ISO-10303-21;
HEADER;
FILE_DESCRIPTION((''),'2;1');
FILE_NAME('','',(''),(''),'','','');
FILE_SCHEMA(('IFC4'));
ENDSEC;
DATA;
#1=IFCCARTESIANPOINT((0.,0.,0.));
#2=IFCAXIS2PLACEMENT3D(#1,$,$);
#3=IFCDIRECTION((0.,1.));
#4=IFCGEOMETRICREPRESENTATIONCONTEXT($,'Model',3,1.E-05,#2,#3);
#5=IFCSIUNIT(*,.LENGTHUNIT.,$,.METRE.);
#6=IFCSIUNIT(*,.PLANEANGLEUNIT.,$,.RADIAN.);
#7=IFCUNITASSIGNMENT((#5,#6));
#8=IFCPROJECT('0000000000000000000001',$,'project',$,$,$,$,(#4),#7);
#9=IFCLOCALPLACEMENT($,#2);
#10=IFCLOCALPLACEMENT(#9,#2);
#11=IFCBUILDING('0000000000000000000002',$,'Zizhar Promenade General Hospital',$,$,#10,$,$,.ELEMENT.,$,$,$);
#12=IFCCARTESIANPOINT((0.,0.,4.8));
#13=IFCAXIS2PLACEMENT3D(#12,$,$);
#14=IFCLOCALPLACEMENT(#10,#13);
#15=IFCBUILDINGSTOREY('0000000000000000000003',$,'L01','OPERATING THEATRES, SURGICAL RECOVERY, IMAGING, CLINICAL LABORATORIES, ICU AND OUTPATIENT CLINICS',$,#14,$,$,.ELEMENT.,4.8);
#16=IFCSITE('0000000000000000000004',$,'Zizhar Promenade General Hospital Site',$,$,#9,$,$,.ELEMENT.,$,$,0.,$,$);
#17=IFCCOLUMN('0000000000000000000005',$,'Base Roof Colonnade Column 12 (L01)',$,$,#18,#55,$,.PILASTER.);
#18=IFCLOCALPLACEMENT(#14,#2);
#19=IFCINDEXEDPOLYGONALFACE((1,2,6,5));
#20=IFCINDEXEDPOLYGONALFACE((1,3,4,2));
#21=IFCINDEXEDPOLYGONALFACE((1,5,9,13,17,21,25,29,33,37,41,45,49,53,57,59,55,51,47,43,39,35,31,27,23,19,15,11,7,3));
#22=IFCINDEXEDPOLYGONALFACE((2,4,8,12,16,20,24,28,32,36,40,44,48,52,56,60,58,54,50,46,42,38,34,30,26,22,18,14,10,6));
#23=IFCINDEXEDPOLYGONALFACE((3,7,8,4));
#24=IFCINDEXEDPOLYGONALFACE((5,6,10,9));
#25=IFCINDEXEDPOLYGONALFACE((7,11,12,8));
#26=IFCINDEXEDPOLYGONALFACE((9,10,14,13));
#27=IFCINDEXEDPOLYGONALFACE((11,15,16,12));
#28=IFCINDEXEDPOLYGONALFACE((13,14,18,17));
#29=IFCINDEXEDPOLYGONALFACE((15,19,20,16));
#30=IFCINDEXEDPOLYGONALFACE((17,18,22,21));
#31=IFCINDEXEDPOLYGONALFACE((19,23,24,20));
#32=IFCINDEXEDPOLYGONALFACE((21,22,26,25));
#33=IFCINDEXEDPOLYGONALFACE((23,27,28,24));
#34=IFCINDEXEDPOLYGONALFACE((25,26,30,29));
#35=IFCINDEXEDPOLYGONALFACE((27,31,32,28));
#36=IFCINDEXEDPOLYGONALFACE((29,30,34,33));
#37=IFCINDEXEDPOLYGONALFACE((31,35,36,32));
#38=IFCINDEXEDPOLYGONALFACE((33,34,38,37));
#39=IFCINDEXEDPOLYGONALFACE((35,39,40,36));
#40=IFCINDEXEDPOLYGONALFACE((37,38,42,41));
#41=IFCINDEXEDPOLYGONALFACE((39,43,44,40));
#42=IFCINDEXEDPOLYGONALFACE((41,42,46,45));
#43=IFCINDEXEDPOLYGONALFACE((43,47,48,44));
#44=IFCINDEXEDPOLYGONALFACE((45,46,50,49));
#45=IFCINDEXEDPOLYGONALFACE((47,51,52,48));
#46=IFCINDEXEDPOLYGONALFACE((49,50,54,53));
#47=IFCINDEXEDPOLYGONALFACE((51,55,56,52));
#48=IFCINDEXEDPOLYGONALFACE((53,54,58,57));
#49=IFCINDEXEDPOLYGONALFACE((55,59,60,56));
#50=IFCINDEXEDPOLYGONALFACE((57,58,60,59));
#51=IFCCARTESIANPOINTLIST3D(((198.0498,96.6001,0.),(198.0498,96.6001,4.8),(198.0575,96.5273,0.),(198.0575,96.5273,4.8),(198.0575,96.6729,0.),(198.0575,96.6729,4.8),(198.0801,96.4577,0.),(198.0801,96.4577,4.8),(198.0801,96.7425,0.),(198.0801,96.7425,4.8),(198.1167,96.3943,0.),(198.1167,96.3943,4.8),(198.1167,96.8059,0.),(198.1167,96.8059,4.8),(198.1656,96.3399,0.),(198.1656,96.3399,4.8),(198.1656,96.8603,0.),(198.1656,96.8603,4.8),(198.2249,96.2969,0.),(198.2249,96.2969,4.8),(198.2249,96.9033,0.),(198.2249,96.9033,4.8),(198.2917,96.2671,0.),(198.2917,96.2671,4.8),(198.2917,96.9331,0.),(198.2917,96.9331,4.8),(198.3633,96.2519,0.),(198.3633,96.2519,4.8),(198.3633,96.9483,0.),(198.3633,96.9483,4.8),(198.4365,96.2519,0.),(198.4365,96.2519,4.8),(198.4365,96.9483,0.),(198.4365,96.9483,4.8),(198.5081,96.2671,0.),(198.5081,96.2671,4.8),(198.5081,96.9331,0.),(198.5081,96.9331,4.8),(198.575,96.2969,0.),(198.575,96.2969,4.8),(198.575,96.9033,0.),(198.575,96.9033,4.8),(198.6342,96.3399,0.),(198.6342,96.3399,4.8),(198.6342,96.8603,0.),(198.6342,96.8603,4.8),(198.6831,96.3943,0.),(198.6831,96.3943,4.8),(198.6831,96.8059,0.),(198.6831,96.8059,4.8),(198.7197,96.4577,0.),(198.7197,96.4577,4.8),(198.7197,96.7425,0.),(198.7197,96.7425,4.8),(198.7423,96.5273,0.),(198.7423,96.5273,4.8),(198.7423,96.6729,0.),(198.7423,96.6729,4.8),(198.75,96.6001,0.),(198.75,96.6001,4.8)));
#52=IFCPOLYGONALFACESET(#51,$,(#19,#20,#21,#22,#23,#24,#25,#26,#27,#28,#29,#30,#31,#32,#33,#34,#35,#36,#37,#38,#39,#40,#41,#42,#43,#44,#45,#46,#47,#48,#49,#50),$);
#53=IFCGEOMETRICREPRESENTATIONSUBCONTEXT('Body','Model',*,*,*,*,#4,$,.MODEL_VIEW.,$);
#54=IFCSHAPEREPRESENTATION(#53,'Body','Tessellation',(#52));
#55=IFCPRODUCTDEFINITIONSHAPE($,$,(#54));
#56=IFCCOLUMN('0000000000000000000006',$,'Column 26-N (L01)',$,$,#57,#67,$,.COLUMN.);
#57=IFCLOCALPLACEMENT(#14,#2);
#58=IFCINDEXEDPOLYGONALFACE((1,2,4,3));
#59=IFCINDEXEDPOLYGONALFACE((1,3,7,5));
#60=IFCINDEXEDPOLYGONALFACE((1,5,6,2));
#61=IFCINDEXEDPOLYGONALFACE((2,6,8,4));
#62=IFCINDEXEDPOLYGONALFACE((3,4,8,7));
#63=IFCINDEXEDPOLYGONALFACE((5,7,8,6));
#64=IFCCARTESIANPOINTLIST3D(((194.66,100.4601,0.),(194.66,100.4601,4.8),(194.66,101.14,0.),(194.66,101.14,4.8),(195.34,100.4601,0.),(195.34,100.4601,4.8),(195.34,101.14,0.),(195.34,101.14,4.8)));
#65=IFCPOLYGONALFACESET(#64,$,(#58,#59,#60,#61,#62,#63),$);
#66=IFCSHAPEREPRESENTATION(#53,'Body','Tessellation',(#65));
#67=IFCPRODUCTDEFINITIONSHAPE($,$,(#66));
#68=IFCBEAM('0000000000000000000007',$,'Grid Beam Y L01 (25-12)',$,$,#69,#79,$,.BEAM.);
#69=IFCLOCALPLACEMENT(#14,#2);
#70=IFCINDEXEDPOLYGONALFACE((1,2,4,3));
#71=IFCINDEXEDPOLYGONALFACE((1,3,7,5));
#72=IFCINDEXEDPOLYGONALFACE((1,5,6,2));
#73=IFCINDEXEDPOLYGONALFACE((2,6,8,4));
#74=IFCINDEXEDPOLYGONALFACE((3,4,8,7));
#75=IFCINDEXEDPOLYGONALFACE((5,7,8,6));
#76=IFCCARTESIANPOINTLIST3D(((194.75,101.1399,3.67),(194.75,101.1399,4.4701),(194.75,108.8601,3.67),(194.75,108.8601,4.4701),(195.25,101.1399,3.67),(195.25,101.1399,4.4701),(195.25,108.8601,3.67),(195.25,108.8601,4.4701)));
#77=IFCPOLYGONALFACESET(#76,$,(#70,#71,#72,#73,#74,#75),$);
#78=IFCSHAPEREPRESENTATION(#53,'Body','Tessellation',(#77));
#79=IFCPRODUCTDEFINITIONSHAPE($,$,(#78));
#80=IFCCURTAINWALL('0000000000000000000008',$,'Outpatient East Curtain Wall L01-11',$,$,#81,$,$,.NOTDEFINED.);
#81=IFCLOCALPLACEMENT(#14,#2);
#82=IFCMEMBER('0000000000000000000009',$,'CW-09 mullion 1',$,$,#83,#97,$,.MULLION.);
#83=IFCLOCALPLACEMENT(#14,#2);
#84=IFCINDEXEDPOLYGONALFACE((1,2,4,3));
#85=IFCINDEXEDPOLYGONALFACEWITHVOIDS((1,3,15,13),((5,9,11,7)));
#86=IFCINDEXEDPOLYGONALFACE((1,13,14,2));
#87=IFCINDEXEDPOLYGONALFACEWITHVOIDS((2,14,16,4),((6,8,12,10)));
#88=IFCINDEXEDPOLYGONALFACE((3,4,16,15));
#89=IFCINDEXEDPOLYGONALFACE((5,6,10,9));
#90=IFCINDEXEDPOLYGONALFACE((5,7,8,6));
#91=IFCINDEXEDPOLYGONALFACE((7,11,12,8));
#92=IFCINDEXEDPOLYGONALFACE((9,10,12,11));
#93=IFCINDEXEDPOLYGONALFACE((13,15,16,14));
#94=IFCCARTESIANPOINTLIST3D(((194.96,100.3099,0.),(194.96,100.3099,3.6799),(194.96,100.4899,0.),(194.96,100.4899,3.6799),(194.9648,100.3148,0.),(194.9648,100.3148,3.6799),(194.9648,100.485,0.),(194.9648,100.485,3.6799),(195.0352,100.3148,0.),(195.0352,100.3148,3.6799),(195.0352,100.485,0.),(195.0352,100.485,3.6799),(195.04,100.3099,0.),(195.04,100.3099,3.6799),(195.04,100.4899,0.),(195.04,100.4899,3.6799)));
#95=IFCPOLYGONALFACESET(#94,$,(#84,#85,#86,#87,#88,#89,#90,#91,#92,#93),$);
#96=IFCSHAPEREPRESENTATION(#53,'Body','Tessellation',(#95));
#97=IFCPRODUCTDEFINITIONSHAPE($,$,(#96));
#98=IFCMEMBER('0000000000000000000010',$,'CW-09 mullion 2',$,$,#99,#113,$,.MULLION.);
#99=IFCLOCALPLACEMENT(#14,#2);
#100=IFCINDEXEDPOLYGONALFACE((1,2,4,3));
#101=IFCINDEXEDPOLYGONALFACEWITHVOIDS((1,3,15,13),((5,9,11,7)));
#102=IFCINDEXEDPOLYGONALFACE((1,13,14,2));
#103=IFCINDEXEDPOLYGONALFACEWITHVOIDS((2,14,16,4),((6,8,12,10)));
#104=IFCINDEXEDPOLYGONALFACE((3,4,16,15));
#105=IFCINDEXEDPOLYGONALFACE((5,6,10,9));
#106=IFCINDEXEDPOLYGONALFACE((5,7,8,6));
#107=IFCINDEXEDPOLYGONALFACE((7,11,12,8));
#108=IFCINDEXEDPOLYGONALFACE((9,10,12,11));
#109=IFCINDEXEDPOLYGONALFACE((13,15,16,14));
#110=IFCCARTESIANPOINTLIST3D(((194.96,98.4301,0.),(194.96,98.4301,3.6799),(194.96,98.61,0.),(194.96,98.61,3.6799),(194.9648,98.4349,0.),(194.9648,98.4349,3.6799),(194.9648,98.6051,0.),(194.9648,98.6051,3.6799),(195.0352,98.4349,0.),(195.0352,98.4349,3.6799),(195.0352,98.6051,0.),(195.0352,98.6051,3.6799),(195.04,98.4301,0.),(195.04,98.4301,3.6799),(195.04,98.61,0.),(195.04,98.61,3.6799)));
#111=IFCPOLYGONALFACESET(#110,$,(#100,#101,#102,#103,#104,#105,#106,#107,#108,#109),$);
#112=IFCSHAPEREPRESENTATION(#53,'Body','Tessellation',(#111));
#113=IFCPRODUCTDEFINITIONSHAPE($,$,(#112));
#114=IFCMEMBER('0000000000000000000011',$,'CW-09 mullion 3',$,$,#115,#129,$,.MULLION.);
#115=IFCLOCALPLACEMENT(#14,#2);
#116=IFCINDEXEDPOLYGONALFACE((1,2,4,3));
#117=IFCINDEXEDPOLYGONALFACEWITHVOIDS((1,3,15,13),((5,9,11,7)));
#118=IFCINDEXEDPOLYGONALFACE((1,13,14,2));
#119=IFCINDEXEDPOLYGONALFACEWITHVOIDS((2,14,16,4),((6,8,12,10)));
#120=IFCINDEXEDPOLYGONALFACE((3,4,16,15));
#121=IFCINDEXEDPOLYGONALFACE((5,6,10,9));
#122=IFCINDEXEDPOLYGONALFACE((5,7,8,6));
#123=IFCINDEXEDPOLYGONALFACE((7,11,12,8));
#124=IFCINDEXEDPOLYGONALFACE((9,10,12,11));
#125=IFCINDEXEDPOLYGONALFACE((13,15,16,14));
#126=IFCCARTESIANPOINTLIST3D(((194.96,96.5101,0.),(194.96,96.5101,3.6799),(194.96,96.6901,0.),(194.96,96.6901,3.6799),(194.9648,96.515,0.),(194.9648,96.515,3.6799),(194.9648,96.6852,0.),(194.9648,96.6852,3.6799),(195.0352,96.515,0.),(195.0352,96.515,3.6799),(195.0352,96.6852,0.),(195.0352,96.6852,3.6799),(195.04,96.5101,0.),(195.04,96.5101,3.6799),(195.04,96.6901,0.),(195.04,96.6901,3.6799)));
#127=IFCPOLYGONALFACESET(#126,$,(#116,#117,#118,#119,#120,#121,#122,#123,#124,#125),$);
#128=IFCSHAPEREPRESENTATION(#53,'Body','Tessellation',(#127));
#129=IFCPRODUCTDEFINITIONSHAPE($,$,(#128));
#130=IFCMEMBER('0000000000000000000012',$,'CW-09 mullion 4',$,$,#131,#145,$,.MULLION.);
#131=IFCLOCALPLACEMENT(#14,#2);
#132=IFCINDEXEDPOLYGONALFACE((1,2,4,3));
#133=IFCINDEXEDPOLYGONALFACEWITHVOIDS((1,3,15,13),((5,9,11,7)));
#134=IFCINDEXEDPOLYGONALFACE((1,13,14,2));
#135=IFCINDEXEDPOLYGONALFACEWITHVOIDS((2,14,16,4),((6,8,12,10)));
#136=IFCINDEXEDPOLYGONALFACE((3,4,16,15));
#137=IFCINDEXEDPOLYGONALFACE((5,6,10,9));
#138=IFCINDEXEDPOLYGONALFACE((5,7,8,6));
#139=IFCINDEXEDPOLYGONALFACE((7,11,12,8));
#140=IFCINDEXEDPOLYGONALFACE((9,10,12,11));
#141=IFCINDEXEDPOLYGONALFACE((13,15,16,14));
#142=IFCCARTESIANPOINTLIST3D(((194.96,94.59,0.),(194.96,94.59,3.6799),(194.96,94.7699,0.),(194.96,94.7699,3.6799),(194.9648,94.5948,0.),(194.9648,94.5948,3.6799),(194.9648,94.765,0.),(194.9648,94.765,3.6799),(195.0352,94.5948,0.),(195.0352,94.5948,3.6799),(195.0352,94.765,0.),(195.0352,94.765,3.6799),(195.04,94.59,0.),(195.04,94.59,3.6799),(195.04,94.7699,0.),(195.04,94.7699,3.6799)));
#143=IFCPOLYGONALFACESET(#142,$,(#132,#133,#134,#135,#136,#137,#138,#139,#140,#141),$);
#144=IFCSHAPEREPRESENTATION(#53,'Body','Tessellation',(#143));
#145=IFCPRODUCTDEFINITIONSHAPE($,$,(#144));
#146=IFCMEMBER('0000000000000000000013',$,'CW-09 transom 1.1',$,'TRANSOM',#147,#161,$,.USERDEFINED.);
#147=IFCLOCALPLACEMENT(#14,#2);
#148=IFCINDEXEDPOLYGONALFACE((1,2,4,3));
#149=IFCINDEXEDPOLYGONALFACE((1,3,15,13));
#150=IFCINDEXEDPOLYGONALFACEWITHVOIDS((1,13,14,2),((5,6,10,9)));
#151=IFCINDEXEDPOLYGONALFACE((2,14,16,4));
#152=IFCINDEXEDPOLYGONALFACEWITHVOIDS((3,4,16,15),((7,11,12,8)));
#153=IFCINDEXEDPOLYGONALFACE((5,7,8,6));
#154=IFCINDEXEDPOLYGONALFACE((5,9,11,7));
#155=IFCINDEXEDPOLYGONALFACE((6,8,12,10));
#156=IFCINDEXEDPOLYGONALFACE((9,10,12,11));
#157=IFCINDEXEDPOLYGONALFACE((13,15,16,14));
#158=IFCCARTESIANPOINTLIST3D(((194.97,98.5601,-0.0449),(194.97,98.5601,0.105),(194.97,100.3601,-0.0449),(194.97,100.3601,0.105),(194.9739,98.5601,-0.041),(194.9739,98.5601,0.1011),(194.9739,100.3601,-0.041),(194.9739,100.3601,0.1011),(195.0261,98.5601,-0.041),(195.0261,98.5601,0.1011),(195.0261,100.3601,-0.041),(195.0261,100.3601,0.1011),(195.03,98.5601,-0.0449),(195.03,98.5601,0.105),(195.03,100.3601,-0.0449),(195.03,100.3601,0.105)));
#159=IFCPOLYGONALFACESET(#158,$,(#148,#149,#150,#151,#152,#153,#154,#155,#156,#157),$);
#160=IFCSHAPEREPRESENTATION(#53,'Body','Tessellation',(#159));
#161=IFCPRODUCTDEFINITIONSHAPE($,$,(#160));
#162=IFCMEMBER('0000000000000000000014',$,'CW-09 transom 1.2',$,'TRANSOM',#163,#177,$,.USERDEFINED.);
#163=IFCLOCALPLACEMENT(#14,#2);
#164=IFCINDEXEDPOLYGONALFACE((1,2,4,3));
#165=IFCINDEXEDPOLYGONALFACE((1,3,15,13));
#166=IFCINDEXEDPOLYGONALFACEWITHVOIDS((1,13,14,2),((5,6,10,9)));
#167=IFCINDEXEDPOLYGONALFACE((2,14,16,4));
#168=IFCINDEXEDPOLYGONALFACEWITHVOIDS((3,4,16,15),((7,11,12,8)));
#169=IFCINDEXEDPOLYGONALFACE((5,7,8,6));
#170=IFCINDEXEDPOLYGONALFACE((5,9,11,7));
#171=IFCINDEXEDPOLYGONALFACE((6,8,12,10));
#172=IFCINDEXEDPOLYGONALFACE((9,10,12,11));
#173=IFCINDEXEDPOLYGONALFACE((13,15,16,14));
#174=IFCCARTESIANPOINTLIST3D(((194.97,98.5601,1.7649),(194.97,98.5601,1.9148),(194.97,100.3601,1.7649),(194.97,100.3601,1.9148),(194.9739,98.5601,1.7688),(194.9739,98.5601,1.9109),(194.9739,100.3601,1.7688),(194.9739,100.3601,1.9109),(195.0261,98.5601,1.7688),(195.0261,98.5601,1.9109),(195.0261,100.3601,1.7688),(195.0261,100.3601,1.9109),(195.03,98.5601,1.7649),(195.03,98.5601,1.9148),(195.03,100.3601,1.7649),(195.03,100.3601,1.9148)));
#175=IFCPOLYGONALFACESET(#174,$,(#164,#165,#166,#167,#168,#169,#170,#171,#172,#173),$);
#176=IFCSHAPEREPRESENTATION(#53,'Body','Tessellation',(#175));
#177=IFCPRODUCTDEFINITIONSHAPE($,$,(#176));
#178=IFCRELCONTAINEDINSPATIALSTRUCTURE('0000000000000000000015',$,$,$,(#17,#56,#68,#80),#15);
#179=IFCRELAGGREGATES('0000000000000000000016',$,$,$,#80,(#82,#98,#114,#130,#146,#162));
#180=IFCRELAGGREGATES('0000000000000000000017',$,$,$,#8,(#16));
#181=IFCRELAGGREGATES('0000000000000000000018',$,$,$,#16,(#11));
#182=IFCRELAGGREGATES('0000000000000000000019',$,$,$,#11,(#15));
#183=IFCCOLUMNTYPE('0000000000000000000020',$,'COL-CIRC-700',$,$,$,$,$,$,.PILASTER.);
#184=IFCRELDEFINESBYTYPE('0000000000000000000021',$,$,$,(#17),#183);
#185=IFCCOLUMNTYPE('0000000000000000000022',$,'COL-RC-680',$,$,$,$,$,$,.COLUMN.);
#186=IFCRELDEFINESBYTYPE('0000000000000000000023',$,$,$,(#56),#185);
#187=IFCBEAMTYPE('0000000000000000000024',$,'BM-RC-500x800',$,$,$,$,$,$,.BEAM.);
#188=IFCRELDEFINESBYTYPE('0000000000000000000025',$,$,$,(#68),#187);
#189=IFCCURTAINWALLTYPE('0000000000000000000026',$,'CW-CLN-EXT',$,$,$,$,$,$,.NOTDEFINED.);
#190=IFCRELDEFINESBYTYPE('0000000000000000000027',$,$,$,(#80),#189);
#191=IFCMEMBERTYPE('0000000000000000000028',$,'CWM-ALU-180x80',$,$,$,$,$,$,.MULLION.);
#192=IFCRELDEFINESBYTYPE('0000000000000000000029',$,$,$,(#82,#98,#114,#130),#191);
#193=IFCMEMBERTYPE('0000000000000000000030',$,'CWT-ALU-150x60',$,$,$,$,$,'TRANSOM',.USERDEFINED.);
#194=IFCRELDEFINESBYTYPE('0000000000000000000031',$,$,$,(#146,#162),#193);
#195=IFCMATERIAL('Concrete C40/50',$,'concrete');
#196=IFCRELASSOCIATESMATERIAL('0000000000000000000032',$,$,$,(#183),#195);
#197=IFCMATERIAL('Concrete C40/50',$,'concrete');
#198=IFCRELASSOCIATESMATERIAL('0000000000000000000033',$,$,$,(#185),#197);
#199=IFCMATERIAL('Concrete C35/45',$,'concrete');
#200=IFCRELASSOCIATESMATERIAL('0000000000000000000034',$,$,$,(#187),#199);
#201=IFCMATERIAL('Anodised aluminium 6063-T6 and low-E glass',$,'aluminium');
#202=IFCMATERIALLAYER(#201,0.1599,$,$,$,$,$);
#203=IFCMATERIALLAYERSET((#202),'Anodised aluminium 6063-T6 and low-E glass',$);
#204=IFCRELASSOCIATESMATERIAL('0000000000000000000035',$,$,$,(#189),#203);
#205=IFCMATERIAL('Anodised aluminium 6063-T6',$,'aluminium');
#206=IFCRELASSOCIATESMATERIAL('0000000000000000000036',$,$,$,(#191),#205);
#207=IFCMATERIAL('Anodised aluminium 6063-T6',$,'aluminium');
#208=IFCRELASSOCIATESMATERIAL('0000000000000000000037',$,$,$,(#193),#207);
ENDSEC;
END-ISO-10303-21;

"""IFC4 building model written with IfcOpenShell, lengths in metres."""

from ifc_helpers import new_model, si_unit, direction, frame, origin, origin_2d, place, context, subcontext, project, spatial, rectangle, hollow_rectangle, circle, extrude, material, layer, layer_set, material_profile, profile_set, type_object, element, aggregate, save


model = new_model("IFC4")

# Units and contexts
model_context = context("Model", 3, precision=1e-05, world=origin(), true_north=direction((0.0, 1.0)))
body_context = subcontext(model_context, "Body", "Model", "MODEL_VIEW")
ifc_project = project(units=[si_unit("LENGTHUNIT", "METRE"), si_unit("PLANEANGLEUNIT", "RADIAN")], contexts=[model_context])

# Site, building, storey
site_placement = place(None, origin())
site = spatial("IfcSite", under=ifc_project, at=site_placement, Name="Zizhar Promenade General Hospital Site", CompositionType="ELEMENT", RefElevation=0.0)
building_placement = place(site_placement, origin())
building = spatial("IfcBuilding", under=site, at=building_placement, Name="Zizhar Promenade General Hospital", CompositionType="ELEMENT")
storey_placement = place(building_placement, frame((0.0, 0.0, 4.8)))
storey = spatial("IfcBuildingStorey", under=building, at=storey_placement, Name="L01", Description="OPERATING THEATRES, SURGICAL RECOVERY, IMAGING, CLINICAL LABORATORIES, ICU AND OUTPATIENT CLINICS", CompositionType="ELEMENT", Elevation=4.8)

# Columns
ifc_material_1 = material(Name="Concrete C40/50", Category="concrete")
ifc_material_profile_1 = material_profile(ifc_material_1, circle(Radius=0.3501, at=origin_2d()))
ifc_profile_set_1 = profile_set([ifc_material_profile_1], Name="Concrete C40/50")
column_type_1 = type_object("IfcColumnType", Name="COL-CIRC-700", PredefinedType="PILASTER", material=ifc_profile_set_1)
column_1_placement = place(storey_placement, frame((198.3999, 96.6001, 0.0), z_axis=(0.0, 0.0, 1.0), x_axis=(1.0, 0.0, 0.0)))
element("IfcColumn", 1, at=column_1_placement, inside=storey, type_object=column_type_1, Name="Base Roof Colonnade Column 12 (L01)", PredefinedType="PILASTER", context=body_context, shape_type="SweptSolid", body=[
    extrude(circle(Radius=0.3501, at=origin_2d()), origin(), (0.0, 0.0, 1.0), 4.8),
])
ifc_material_2 = material(Name="Concrete C40/50", Category="concrete")
ifc_material_profile_2 = material_profile(ifc_material_2, rectangle(XDim=0.6799, YDim=0.6799, at=origin_2d()))
ifc_profile_set_2 = profile_set([ifc_material_profile_2], Name="Concrete C40/50")
column_type_2 = type_object("IfcColumnType", Name="COL-RC-680", PredefinedType="COLUMN", material=ifc_profile_set_2)
column_2_placement = place(storey_placement, frame((195.0, 100.8, 0.0), z_axis=(0.0, 0.0, 1.0), x_axis=(1.0, 0.0, 0.0)))
element("IfcColumn", 2, at=column_2_placement, inside=storey, type_object=column_type_2, Name="Column 26-N (L01)", PredefinedType="COLUMN", context=body_context, shape_type="SweptSolid", body=[
    extrude(rectangle(XDim=0.6799, YDim=0.6799, at=origin_2d()), origin(), (0.0, 0.0, 1.0), 4.8),
])

# Beam
ifc_material_3 = material(Name="Concrete C35/45", Category="concrete")
ifc_material_profile_3 = material_profile(ifc_material_3, rectangle(XDim=0.5, YDim=0.8, at=origin_2d()))
ifc_profile_set_3 = profile_set([ifc_material_profile_3], Name="Concrete C35/45")
beam_type = type_object("IfcBeamType", Name="BM-RC-500x800", PredefinedType="BEAM", material=ifc_profile_set_3)
beam_placement = place(storey_placement, frame((195.0, 101.1399, 4.0701), z_axis=(0.0, 1.0, 0.0), x_axis=(-1.0, 0.0, 0.0)))
element("IfcBeam", 3, at=beam_placement, inside=storey, type_object=beam_type, Name="Grid Beam Y L01 (25-12)", PredefinedType="BEAM", context=body_context, shape_type="SweptSolid", body=[
    extrude(rectangle(XDim=0.5, YDim=0.8, at=origin_2d()), origin(), (0.0, 0.0, 1.0), 7.7202),
])

# Curtain wall, members
ifc_material_4 = material(Name="Anodised aluminium 6063-T6 and low-E glass", Category="aluminium")
ifc_layer_1 = layer(ifc_material_4, 0.1599)
ifc_layer_set_1 = layer_set([ifc_layer_1], Name="Anodised aluminium 6063-T6 and low-E glass")
curtain_wall_type = type_object("IfcCurtainWallType", Name="CW-CLN-EXT", PredefinedType="NOTDEFINED", material=ifc_layer_set_1)
curtain_wall_placement = place(storey_placement, origin())
curtain_wall = element("IfcCurtainWall", 4, at=curtain_wall_placement, inside=storey, type_object=curtain_wall_type, Name="Outpatient East Curtain Wall L01-11", PredefinedType="NOTDEFINED")
ifc_material_5 = material(Name="Anodised aluminium 6063-T6", Category="aluminium")
ifc_material_profile_4 = material_profile(ifc_material_5, hollow_rectangle(XDim=0.0801, YDim=0.1799, WallThickness=0.0049, at=origin_2d()))
ifc_profile_set_4 = profile_set([ifc_material_profile_4], Name="Anodised aluminium 6063-T6")
member_type_1 = type_object("IfcMemberType", Name="CWM-ALU-180x80", PredefinedType="MULLION", material=ifc_profile_set_4)
member_1_placement = place(storey_placement, frame((195.0, 100.3999, 0.0), z_axis=(0.0, 0.0, 1.0), x_axis=(1.0, 0.0, 0.0)))
member_1 = element("IfcMember", 5, at=member_1_placement, type_object=member_type_1, Name="CW-09 mullion 1", PredefinedType="MULLION", context=body_context, shape_type="SweptSolid", body=[
    extrude(hollow_rectangle(XDim=0.0801, YDim=0.1799, WallThickness=0.0049, at=origin_2d()), origin(), (0.0, 0.0, 1.0), 3.6799),
])
member_2_placement = place(storey_placement, frame((195.0, 98.52, 0.0), z_axis=(0.0, 0.0, 1.0), x_axis=(1.0, 0.0, 0.0)))
member_2 = element("IfcMember", 6, at=member_2_placement, type_object=member_type_1, Name="CW-09 mullion 2", PredefinedType="MULLION", context=body_context, shape_type="SweptSolid", body=[
    extrude(hollow_rectangle(XDim=0.0801, YDim=0.1799, WallThickness=0.0049, at=origin_2d()), origin(), (0.0, 0.0, 1.0), 3.6799),
])
member_3_placement = place(storey_placement, frame((195.0, 96.6001, 0.0), z_axis=(0.0, 0.0, 1.0), x_axis=(1.0, 0.0, 0.0)))
member_3 = element("IfcMember", 7, at=member_3_placement, type_object=member_type_1, Name="CW-09 mullion 3", PredefinedType="MULLION", context=body_context, shape_type="SweptSolid", body=[
    extrude(hollow_rectangle(XDim=0.0801, YDim=0.1799, WallThickness=0.0049, at=origin_2d()), origin(), (0.0, 0.0, 1.0), 3.6799),
])
member_4_placement = place(storey_placement, frame((195.0, 94.6799, 0.0), z_axis=(0.0, 0.0, 1.0), x_axis=(1.0, 0.0, 0.0)))
member_4 = element("IfcMember", 8, at=member_4_placement, type_object=member_type_1, Name="CW-09 mullion 4", PredefinedType="MULLION", context=body_context, shape_type="SweptSolid", body=[
    extrude(hollow_rectangle(XDim=0.0801, YDim=0.1799, WallThickness=0.0049, at=origin_2d()), origin(), (0.0, 0.0, 1.0), 3.6799),
])
ifc_material_6 = material(Name="Anodised aluminium 6063-T6", Category="aluminium")
ifc_material_profile_5 = material_profile(ifc_material_6, hollow_rectangle(XDim=0.0601, YDim=0.1499, WallThickness=0.0039, at=origin_2d()))
ifc_profile_set_5 = profile_set([ifc_material_profile_5], Name="Anodised aluminium 6063-T6")
member_type_2 = type_object("IfcMemberType", Name="CWT-ALU-150x60", ElementType="TRANSOM", PredefinedType="USERDEFINED", material=ifc_profile_set_5)
member_5_placement = place(storey_placement, frame((195.0, 100.3601, 0.03), z_axis=(0.0, -1.0, 0.0), x_axis=(1.0, 0.0, 0.0)))
member_5 = element("IfcMember", 9, at=member_5_placement, type_object=member_type_2, Name="CW-09 transom 1.1", ObjectType="TRANSOM", PredefinedType="USERDEFINED", context=body_context, shape_type="SweptSolid", body=[
    extrude(hollow_rectangle(XDim=0.0601, YDim=0.1499, WallThickness=0.0039, at=origin_2d()), origin(), (0.0, 0.0, 1.0), 1.8),
])
member_6_placement = place(storey_placement, frame((195.0, 100.3601, 1.8398), z_axis=(0.0, -1.0, 0.0), x_axis=(1.0, 0.0, 0.0)))
member_6 = element("IfcMember", 10, at=member_6_placement, type_object=member_type_2, Name="CW-09 transom 1.2", ObjectType="TRANSOM", PredefinedType="USERDEFINED", context=body_context, shape_type="SweptSolid", body=[
    extrude(hollow_rectangle(XDim=0.0601, YDim=0.1499, WallThickness=0.0039, at=origin_2d()), origin(), (0.0, 0.0, 1.0), 1.8),
])
aggregate(curtain_wall, [member_1, member_2, member_3, member_4, member_5, member_6])

save(model, "model.ifc")
